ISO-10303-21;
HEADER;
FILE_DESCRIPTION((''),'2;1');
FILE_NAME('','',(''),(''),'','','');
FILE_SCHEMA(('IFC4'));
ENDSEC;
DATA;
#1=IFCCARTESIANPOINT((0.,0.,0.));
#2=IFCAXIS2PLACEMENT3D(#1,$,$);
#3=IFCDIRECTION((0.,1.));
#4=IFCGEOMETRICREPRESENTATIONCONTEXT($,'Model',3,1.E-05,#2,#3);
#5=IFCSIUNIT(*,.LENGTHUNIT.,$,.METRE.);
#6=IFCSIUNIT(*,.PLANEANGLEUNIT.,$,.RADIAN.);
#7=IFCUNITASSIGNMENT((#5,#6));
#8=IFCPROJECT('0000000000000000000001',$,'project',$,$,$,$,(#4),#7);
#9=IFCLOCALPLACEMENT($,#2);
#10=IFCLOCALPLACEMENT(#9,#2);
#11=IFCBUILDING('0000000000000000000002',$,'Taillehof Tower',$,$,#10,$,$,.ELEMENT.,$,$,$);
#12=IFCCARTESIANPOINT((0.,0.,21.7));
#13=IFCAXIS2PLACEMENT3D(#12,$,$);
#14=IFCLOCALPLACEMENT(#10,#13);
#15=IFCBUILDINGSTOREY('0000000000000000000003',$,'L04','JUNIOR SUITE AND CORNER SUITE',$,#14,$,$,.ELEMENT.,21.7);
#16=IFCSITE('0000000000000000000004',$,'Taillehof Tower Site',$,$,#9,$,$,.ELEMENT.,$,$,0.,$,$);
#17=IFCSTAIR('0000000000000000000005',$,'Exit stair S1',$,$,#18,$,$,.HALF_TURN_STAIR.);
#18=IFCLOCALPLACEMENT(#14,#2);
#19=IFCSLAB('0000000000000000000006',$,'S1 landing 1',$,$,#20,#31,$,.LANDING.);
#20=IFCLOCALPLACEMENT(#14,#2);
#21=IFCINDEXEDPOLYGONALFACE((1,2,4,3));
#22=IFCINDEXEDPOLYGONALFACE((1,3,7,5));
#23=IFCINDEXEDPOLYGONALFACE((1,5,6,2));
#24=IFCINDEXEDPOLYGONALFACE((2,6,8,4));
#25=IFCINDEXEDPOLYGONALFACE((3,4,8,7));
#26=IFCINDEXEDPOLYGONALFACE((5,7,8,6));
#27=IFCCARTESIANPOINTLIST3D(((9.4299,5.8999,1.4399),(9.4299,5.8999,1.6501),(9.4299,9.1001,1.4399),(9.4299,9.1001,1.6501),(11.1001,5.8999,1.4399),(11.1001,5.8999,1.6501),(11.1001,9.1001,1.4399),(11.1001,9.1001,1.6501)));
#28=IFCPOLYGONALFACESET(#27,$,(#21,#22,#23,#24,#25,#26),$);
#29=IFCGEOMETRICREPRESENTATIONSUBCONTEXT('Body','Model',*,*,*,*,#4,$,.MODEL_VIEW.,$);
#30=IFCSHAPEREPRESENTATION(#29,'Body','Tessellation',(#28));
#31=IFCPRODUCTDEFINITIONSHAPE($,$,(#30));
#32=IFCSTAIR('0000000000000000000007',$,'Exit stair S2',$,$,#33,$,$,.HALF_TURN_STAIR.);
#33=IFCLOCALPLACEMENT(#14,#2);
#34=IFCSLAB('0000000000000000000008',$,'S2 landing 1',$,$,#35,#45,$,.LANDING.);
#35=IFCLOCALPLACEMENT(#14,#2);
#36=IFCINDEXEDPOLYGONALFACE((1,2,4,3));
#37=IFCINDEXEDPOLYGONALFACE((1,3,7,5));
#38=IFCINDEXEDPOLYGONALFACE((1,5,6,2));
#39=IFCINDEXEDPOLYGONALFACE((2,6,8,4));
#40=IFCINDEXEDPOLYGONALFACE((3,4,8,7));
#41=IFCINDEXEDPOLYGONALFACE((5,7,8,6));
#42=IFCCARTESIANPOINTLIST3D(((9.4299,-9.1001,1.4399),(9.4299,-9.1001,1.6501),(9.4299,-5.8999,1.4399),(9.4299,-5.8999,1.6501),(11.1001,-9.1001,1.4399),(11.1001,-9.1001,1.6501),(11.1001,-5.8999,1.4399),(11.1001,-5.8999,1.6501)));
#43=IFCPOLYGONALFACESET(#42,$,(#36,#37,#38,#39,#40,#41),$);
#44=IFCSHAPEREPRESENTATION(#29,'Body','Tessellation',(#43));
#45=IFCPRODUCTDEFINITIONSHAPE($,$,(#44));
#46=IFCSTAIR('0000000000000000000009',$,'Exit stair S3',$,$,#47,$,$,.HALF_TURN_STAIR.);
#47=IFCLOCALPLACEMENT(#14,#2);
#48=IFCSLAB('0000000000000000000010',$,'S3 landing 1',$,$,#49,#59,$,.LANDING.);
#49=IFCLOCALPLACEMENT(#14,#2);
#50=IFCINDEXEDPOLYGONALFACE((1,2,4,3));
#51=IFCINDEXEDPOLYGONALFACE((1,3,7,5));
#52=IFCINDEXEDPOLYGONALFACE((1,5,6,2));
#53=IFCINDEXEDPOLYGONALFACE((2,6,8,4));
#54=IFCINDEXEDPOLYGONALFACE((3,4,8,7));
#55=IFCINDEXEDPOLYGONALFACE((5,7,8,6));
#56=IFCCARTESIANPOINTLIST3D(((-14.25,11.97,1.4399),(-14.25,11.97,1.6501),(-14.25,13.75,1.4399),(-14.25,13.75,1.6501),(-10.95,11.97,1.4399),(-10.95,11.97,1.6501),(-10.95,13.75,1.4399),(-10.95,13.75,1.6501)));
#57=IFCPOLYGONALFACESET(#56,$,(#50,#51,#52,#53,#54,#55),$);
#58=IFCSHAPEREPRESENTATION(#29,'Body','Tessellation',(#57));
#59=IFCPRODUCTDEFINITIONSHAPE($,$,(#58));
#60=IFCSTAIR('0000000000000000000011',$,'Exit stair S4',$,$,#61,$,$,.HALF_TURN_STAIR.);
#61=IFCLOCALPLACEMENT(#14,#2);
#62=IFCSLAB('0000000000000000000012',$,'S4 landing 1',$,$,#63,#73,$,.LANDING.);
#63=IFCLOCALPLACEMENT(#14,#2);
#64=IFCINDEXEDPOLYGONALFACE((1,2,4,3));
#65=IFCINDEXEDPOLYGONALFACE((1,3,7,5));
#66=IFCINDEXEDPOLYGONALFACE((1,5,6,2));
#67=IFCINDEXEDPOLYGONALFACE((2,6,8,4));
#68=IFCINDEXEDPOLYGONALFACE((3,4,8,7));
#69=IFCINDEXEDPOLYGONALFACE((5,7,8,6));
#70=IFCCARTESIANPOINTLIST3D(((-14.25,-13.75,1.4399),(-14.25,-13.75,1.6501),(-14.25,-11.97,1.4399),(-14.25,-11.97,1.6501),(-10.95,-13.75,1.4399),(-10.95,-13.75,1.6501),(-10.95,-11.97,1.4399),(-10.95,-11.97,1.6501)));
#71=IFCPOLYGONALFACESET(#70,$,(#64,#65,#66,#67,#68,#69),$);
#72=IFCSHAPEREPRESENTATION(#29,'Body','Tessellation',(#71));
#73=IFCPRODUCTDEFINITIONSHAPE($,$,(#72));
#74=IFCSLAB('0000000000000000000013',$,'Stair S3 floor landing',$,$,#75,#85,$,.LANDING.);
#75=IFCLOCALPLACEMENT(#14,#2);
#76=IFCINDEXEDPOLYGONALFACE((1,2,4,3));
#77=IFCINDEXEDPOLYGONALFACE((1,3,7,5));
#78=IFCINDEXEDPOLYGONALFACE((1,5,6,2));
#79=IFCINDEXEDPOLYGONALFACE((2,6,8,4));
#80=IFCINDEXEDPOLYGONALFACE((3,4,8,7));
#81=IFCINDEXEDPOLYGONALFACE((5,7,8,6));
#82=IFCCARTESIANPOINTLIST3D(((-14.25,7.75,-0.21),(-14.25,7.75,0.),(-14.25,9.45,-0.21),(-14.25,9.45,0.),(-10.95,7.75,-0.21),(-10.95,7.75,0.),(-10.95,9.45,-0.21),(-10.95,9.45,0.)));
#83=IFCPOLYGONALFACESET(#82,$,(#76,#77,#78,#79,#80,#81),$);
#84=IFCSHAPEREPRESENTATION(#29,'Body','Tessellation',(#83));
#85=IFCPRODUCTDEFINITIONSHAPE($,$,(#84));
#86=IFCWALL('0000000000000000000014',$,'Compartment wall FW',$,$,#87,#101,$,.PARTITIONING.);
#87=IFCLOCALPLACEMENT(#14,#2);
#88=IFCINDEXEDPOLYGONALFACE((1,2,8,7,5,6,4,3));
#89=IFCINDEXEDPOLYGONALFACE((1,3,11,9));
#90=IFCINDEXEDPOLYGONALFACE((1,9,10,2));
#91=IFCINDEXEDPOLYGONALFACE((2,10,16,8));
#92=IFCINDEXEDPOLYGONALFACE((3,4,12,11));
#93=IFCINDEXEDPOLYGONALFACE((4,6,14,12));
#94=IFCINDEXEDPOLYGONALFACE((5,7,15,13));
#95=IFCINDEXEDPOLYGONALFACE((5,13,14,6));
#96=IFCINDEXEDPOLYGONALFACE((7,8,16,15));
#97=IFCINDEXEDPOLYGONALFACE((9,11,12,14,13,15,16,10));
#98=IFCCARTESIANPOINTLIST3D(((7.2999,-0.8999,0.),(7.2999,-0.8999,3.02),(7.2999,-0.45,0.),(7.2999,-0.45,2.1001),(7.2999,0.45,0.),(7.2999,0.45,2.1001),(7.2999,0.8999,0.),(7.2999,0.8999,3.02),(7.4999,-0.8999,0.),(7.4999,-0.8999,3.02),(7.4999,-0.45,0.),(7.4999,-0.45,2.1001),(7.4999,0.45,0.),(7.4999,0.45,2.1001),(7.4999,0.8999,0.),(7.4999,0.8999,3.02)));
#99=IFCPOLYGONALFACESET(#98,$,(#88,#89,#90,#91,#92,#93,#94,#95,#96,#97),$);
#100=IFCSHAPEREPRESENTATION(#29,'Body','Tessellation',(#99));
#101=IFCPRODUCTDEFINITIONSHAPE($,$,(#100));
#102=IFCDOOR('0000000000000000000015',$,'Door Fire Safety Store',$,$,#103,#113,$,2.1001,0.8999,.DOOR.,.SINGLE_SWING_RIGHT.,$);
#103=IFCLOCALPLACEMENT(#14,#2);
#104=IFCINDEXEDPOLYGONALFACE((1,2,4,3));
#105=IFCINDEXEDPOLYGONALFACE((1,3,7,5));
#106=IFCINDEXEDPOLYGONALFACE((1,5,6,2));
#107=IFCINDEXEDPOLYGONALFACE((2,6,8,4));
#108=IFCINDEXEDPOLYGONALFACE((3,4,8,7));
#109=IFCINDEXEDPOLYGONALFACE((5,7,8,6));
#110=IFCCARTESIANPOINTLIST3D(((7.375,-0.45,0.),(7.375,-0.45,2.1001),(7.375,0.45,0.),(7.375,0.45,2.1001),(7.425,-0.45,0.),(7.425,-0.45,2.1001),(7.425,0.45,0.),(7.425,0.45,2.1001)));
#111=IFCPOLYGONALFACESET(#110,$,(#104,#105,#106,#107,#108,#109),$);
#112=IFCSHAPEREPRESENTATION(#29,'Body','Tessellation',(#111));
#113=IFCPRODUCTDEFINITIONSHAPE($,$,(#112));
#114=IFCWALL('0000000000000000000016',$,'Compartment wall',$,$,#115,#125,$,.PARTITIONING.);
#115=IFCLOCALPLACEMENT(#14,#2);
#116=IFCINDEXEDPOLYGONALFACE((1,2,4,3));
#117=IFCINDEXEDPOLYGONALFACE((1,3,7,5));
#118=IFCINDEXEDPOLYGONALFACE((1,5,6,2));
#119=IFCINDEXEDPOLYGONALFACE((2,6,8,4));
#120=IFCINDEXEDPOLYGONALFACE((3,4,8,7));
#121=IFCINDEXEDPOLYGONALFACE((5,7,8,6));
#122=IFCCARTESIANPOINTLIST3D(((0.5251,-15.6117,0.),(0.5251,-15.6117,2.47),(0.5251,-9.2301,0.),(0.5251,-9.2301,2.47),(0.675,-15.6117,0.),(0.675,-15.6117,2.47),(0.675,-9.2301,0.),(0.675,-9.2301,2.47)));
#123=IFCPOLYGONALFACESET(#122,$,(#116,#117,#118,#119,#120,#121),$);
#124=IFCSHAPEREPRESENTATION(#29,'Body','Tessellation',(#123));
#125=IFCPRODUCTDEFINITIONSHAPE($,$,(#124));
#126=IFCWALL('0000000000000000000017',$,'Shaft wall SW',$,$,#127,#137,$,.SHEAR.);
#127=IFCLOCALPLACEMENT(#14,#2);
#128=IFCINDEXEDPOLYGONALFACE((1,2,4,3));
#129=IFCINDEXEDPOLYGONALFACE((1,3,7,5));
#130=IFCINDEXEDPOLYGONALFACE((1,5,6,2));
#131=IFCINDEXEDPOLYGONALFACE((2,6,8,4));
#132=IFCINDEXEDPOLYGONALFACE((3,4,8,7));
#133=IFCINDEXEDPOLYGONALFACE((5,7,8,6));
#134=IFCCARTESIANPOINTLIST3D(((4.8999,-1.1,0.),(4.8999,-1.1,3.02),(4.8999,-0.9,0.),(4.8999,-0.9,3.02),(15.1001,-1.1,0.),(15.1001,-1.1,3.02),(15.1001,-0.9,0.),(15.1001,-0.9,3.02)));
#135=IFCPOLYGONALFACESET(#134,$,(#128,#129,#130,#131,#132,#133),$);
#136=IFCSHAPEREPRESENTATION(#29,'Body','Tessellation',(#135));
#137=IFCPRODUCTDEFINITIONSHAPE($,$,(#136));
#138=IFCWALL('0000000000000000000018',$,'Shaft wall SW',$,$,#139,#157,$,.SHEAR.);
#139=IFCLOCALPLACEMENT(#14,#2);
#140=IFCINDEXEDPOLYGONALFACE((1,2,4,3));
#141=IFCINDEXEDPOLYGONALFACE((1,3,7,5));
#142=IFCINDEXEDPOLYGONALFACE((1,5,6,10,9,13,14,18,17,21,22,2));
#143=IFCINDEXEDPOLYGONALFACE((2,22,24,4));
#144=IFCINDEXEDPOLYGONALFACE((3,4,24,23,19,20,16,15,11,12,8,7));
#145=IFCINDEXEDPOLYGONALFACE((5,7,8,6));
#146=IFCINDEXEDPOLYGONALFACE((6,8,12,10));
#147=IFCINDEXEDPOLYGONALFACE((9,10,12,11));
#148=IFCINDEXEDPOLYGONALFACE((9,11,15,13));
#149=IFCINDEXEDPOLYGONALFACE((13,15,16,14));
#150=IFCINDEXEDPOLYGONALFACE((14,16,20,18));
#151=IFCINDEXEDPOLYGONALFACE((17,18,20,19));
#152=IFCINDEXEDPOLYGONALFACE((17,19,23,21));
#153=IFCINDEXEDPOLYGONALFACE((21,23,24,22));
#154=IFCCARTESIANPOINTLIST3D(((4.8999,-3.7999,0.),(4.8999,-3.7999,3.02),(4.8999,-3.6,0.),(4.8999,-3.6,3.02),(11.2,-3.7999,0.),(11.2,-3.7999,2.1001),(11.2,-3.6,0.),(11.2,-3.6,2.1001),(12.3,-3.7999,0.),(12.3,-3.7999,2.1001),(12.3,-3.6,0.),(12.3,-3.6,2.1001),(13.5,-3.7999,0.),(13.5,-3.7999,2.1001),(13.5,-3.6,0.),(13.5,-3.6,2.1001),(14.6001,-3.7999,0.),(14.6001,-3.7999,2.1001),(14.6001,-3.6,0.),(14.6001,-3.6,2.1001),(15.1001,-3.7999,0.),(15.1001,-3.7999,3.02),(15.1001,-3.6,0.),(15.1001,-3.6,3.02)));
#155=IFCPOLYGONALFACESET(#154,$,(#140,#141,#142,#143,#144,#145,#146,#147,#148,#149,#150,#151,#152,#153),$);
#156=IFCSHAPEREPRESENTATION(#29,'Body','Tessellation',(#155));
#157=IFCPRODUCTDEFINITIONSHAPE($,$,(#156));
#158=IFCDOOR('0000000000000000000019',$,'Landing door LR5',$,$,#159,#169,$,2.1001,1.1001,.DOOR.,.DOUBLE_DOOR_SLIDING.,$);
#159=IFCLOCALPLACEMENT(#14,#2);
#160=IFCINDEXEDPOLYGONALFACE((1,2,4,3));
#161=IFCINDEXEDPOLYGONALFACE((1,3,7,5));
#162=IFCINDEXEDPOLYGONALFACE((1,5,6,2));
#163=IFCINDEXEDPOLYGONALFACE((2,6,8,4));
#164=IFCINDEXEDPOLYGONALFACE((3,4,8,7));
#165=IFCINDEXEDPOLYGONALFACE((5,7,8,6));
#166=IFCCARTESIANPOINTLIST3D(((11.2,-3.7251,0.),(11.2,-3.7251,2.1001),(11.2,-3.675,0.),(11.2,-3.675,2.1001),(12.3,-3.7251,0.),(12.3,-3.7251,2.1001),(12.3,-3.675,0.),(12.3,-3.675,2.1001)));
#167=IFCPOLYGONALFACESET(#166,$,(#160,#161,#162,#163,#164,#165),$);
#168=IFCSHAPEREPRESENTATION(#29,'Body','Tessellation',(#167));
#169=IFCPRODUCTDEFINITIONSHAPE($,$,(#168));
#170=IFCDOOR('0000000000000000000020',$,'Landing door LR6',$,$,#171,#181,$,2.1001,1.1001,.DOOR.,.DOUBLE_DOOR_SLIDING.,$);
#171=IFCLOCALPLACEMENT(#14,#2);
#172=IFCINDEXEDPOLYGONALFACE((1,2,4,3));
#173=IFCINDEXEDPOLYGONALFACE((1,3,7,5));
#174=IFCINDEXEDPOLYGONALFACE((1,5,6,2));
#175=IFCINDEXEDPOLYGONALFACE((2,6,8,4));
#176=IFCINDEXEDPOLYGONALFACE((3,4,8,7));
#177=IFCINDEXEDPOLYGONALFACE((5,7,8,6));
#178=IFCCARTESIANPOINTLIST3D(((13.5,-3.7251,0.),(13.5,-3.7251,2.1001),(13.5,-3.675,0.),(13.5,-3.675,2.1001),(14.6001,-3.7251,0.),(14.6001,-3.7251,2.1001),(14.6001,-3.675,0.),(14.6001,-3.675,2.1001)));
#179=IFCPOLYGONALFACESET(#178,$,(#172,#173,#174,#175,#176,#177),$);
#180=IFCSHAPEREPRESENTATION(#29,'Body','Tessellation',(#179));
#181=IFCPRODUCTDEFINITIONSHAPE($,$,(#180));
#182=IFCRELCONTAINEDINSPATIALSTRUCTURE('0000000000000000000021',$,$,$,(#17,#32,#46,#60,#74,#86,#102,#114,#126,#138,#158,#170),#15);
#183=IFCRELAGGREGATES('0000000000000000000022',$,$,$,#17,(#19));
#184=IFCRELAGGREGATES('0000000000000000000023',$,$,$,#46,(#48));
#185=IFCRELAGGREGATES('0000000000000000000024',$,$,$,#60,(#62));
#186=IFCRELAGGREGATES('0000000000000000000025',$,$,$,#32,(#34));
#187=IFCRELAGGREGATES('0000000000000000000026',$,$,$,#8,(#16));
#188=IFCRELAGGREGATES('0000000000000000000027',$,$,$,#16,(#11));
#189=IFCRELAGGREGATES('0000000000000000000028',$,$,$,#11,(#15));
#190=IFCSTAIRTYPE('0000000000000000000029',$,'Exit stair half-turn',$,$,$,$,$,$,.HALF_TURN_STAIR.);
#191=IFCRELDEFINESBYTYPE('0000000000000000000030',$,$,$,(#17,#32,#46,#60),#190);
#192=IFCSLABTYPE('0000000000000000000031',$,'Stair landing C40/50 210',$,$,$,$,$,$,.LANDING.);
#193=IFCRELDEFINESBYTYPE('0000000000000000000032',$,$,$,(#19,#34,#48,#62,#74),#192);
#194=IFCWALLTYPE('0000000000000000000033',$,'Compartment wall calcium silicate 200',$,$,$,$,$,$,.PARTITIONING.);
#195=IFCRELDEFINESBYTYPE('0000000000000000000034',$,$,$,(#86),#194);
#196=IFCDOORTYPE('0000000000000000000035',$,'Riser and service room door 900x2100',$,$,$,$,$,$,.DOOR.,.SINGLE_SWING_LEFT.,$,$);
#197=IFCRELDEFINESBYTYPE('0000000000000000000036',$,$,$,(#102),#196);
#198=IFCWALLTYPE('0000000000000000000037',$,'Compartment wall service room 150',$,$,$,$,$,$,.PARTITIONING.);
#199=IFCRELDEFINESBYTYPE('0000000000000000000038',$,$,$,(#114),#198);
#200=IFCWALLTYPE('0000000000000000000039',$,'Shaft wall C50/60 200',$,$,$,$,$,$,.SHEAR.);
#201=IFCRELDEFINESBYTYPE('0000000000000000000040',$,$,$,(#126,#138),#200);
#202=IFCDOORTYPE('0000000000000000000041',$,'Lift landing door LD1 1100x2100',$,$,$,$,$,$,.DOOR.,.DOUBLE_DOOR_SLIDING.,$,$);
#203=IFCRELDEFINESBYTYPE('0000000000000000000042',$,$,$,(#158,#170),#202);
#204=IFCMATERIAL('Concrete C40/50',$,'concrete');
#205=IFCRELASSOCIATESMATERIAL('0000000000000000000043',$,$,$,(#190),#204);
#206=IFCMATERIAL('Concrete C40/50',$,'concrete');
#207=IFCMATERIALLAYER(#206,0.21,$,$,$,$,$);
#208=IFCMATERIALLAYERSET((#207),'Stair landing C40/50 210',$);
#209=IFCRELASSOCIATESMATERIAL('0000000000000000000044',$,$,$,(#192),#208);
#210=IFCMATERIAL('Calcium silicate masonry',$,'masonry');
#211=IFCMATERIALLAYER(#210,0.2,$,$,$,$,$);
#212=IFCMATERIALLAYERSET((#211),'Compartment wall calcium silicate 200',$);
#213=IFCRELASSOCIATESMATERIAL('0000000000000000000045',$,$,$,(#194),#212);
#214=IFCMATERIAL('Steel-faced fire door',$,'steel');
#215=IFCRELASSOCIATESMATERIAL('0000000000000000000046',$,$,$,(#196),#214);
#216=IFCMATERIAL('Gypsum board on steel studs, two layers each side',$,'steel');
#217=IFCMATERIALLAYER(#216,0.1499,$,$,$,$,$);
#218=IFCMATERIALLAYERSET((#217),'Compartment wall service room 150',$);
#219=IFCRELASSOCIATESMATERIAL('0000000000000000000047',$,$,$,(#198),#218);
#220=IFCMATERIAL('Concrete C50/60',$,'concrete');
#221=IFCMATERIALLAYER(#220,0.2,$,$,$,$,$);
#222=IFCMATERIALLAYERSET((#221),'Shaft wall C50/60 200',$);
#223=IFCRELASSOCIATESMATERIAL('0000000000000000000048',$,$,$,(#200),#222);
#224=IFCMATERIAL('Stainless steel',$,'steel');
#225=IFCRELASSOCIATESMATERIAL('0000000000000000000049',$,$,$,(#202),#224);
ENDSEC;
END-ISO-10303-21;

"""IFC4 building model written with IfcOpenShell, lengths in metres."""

from ifc_helpers import new_model, si_unit, direction, frame, frame_2d, origin, place, context, subcontext, project, spatial, polyline, rectangle, outline, extrude, material, layer, layer_set, type_object, element, fill, aggregate, save


model = new_model("IFC4")

# Units and contexts
model_context = context("Model", 3, precision=1e-05, world=origin(), true_north=direction((0.0, 1.0)))
body_context = subcontext(model_context, "Body", "Model", "MODEL_VIEW")
ifc_project = project(units=[si_unit("LENGTHUNIT", "METRE"), si_unit("PLANEANGLEUNIT", "RADIAN")], contexts=[model_context])

# Site, building, storey
site_placement = place(None, origin())
site = spatial("IfcSite", under=ifc_project, at=site_placement, Name="Taillehof Tower Site", CompositionType="ELEMENT", RefElevation=0.0)
building_placement = place(site_placement, origin())
building = spatial("IfcBuilding", under=site, at=building_placement, Name="Taillehof Tower", CompositionType="ELEMENT")
storey_placement = place(building_placement, frame((0.0, 0.0, 21.7)))
storey = spatial("IfcBuildingStorey", under=building, at=storey_placement, Name="L04", Description="JUNIOR SUITE AND CORNER SUITE", CompositionType="ELEMENT", Elevation=21.7)

# Stairs, slabs
ifc_material_1 = material(Name="Concrete C40/50", Category="concrete")
stair_type = type_object("IfcStairType", Name="Exit stair half-turn", PredefinedType="HALF_TURN_STAIR", material=ifc_material_1)
stair_1_placement = place(storey_placement, origin())
stair_1 = element("IfcStair", 1, at=stair_1_placement, inside=storey, type_object=stair_type, Name="Exit stair S1", PredefinedType="HALF_TURN_STAIR")
ifc_material_2 = material(Name="Concrete C40/50", Category="concrete")
ifc_layer_1 = layer(ifc_material_2, 0.21)
ifc_layer_set_1 = layer_set([ifc_layer_1], Name="Stair landing C40/50 210")
slab_type_1 = type_object("IfcSlabType", Name="Stair landing C40/50 210", PredefinedType="LANDING", material=ifc_layer_set_1)
slab_1_placement = place(storey_placement, frame((0.0, 0.0, 1.4399)))
slab_1 = element("IfcSlab", 2, at=slab_1_placement, type_object=slab_type_1, Name="S1 landing 1", PredefinedType="LANDING", context=body_context, shape_type="SweptSolid", body=[
    extrude(outline(polyline([(9.4299, 5.8999), (11.1001, 5.8999), (11.1001, 9.1001), (9.4299, 9.1001), (9.4299, 5.8999)])), origin(), (0.0, 0.0, 1.0), 0.2102),
])
aggregate(stair_1, [slab_1])
stair_2_placement = place(storey_placement, origin())
stair_2 = element("IfcStair", 3, at=stair_2_placement, inside=storey, type_object=stair_type, Name="Exit stair S2", PredefinedType="HALF_TURN_STAIR")
slab_2_placement = place(storey_placement, frame((0.0, 0.0, 1.4399)))
slab_2 = element("IfcSlab", 4, at=slab_2_placement, type_object=slab_type_1, Name="S2 landing 1", PredefinedType="LANDING", context=body_context, shape_type="SweptSolid", body=[
    extrude(outline(polyline([(9.4299, -5.8999), (11.1001, -5.8999), (11.1001, -9.1001), (9.4299, -9.1001), (9.4299, -5.8999)])), origin(), (0.0, 0.0, 1.0), 0.2102),
])
stair_3_placement = place(storey_placement, origin())
stair_3 = element("IfcStair", 5, at=stair_3_placement, inside=storey, type_object=stair_type, Name="Exit stair S3", PredefinedType="HALF_TURN_STAIR")
slab_3_placement = place(storey_placement, frame((0.0, 0.0, 1.4399)))
slab_3 = element("IfcSlab", 6, at=slab_3_placement, type_object=slab_type_1, Name="S3 landing 1", PredefinedType="LANDING", context=body_context, shape_type="SweptSolid", body=[
    extrude(outline(polyline([(-14.25, 11.97), (-14.25, 13.75), (-10.95, 13.75), (-10.95, 11.97), (-14.25, 11.97)])), origin(), (0.0, 0.0, 1.0), 0.2102),
])
aggregate(stair_3, [slab_3])
stair_4_placement = place(storey_placement, origin())
stair_4 = element("IfcStair", 7, at=stair_4_placement, inside=storey, type_object=stair_type, Name="Exit stair S4", PredefinedType="HALF_TURN_STAIR")
slab_4_placement = place(storey_placement, frame((0.0, 0.0, 1.4399)))
slab_4 = element("IfcSlab", 8, at=slab_4_placement, type_object=slab_type_1, Name="S4 landing 1", PredefinedType="LANDING", context=body_context, shape_type="SweptSolid", body=[
    extrude(outline(polyline([(-14.25, -11.97), (-14.25, -13.75), (-10.95, -13.75), (-10.95, -11.97), (-14.25, -11.97)])), origin(), (0.0, 0.0, 1.0), 0.2102),
])
aggregate(stair_4, [slab_4])

# Slab
slab_5_placement = place(storey_placement, frame((0.0, 0.0, -0.21)))
element("IfcSlab", 9, at=slab_5_placement, inside=storey, type_object=slab_type_1, Name="Stair S3 floor landing", PredefinedType="LANDING", context=body_context, shape_type="SweptSolid", body=[
    extrude(outline(polyline([(-14.25, 7.75), (-14.25, 9.45), (-10.95, 9.45), (-10.95, 7.75), (-14.25, 7.75)])), origin(), (0.0, 0.0, 1.0), 0.21),
])

# Wall, opening, door
ifc_material_3 = material(Name="Calcium silicate masonry", Category="masonry")
ifc_layer_2 = layer(ifc_material_3, 0.2)
ifc_layer_set_2 = layer_set([ifc_layer_2], Name="Compartment wall calcium silicate 200")
wall_type_1 = type_object("IfcWallType", Name="Compartment wall calcium silicate 200", PredefinedType="PARTITIONING", material=ifc_layer_set_2)
wall_1_placement = place(storey_placement, frame((7.3999, -0.8999, 0.0), z_axis=(0.0, 0.0, 1.0), x_axis=(0.0, 1.0, 0.0)))
wall_1 = element("IfcWall", 10, at=wall_1_placement, inside=storey, type_object=wall_type_1, Name="Compartment wall FW", PredefinedType="PARTITIONING", context=body_context, shape_type="SweptSolid", body=[
    extrude(rectangle(XDim=1.7998, YDim=0.2, at=frame_2d((0.8999, 0.0))), origin(), (0.0, 0.0, 1.0), 3.02),
])
opening_1_placement = place(wall_1_placement, frame((0.45, 0.0, 0.0)))
opening_1 = element("IfcOpeningElement", 11, at=opening_1_placement, cuts=wall_1, PredefinedType="OPENING", context=body_context, shape_type="SweptSolid", body=[
    extrude(rectangle(XDim=0.8999, YDim=2.1001, at=frame_2d((0.45, 1.05))), frame((0.0, 0.1099, 0.0), z_axis=(0.0, -1.0, 0.0), x_axis=(1.0, 0.0, 0.0)), (0.0, 0.0, 1.0), 0.22),
])
ifc_material_4 = material(Name="Steel-faced fire door", Category="steel")
door_type_1 = type_object("IfcDoorType", Name="Riser and service room door 900x2100", OperationType="SINGLE_SWING_LEFT", PredefinedType="DOOR", material=ifc_material_4)
door_1_placement = place(opening_1_placement, origin())
door_1 = element("IfcDoor", 12, at=door_1_placement, inside=storey, type_object=door_type_1, Name="Door Fire Safety Store", OperationType="SINGLE_SWING_RIGHT", OverallHeight=2.1001, OverallWidth=0.8999, PredefinedType="DOOR", context=body_context, shape_type="SweptSolid", body=[
    extrude(rectangle(XDim=0.8999, YDim=2.1001, at=frame_2d((0.45, 1.05))), frame((0.0, 0.0249, 0.0), z_axis=(0.0, -1.0, 0.0), x_axis=(1.0, 0.0, 0.0)), (0.0, 0.0, 1.0), 0.05),
])
fill(opening_1, door_1)

# Walls
ifc_material_5 = material(Name="Gypsum board on steel studs, two layers each side", Category="steel")
ifc_layer_3 = layer(ifc_material_5, 0.1499)
ifc_layer_set_3 = layer_set([ifc_layer_3], Name="Compartment wall service room 150")
wall_type_2 = type_object("IfcWallType", Name="Compartment wall service room 150", PredefinedType="PARTITIONING", material=ifc_layer_set_3)
wall_2_placement = place(storey_placement, frame((0.6001, -9.23, 0.0), z_axis=(0.0, 0.0, 1.0), x_axis=(0.0, -1.0, 0.0)))
element("IfcWall", 13, at=wall_2_placement, inside=storey, type_object=wall_type_2, Name="Compartment wall", PredefinedType="PARTITIONING", context=body_context, shape_type="SweptSolid", body=[
    extrude(rectangle(XDim=6.3816, YDim=0.1499, at=frame_2d((3.1909, 0.0))), origin(), (0.0, 0.0, 1.0), 2.47),
])
ifc_material_6 = material(Name="Concrete C50/60", Category="concrete")
ifc_layer_4 = layer(ifc_material_6, 0.2)
ifc_layer_set_4 = layer_set([ifc_layer_4], Name="Shaft wall C50/60 200")
wall_type_3 = type_object("IfcWallType", Name="Shaft wall C50/60 200", PredefinedType="SHEAR", material=ifc_layer_set_4)
wall_3_placement = place(storey_placement, frame((4.8999, -1.0, 0.0), z_axis=(0.0, 0.0, 1.0), x_axis=(1.0, 0.0, 0.0)))
element("IfcWall", 14, at=wall_3_placement, inside=storey, type_object=wall_type_3, Name="Shaft wall SW", PredefinedType="SHEAR", context=body_context, shape_type="SweptSolid", body=[
    extrude(rectangle(XDim=10.2002, YDim=0.2, at=frame_2d((5.1001, 0.0))), origin(), (0.0, 0.0, 1.0), 3.02),
])

# Wall, openings, doors
wall_4_placement = place(storey_placement, frame((4.8999, -3.7, 0.0), z_axis=(0.0, 0.0, 1.0), x_axis=(1.0, 0.0, 0.0)))
wall_4 = element("IfcWall", 15, at=wall_4_placement, inside=storey, type_object=wall_type_3, Name="Shaft wall SW", PredefinedType="SHEAR", context=body_context, shape_type="SweptSolid", body=[
    extrude(rectangle(XDim=10.2002, YDim=0.2, at=frame_2d((5.1001, 0.0))), origin(), (0.0, 0.0, 1.0), 3.02),
])
opening_2_placement = place(wall_4_placement, frame((6.3, 0.0, 0.0)))
opening_2 = element("IfcOpeningElement", 16, at=opening_2_placement, cuts=wall_4, PredefinedType="OPENING", context=body_context, shape_type="SweptSolid", body=[
    extrude(rectangle(XDim=1.1001, YDim=2.1001, at=frame_2d((0.55, 1.05))), frame((0.0, 0.1099, 0.0), z_axis=(0.0, -1.0, 0.0), x_axis=(1.0, 0.0, 0.0)), (0.0, 0.0, 1.0), 0.22),
])
opening_3_placement = place(wall_4_placement, frame((8.6001, 0.0, 0.0)))
opening_3 = element("IfcOpeningElement", 17, at=opening_3_placement, cuts=wall_4, PredefinedType="OPENING", context=body_context, shape_type="SweptSolid", body=[
    extrude(rectangle(XDim=1.1001, YDim=2.1001, at=frame_2d((0.55, 1.05))), frame((0.0, 0.1099, 0.0), z_axis=(0.0, -1.0, 0.0), x_axis=(1.0, 0.0, 0.0)), (0.0, 0.0, 1.0), 0.22),
])
ifc_material_7 = material(Name="Stainless steel", Category="steel")
door_type_2 = type_object("IfcDoorType", Name="Lift landing door LD1 1100x2100", OperationType="DOUBLE_DOOR_SLIDING", PredefinedType="DOOR", material=ifc_material_7)
door_2_placement = place(opening_2_placement, origin())
door_2 = element("IfcDoor", 18, at=door_2_placement, inside=storey, type_object=door_type_2, Name="Landing door LR5", OperationType="DOUBLE_DOOR_SLIDING", OverallHeight=2.1001, OverallWidth=1.1001, PredefinedType="DOOR", context=body_context, shape_type="SweptSolid", body=[
    extrude(rectangle(XDim=1.1001, YDim=2.1001, at=frame_2d((0.55, 1.05))), frame((0.0, 0.0249, 0.0), z_axis=(0.0, -1.0, 0.0), x_axis=(1.0, 0.0, 0.0)), (0.0, 0.0, 1.0), 0.05),
])
fill(opening_2, door_2)
door_3_placement = place(opening_3_placement, origin())
door_3 = element("IfcDoor", 19, at=door_3_placement, inside=storey, type_object=door_type_2, Name="Landing door LR6", OperationType="DOUBLE_DOOR_SLIDING", OverallHeight=2.1001, OverallWidth=1.1001, PredefinedType="DOOR", context=body_context, shape_type="SweptSolid", body=[
    extrude(rectangle(XDim=1.1001, YDim=2.1001, at=frame_2d((0.55, 1.05))), frame((0.0, 0.0249, 0.0), z_axis=(0.0, -1.0, 0.0), x_axis=(1.0, 0.0, 0.0)), (0.0, 0.0, 1.0), 0.05),
])
fill(opening_3, door_3)

aggregate(stair_2, [slab_2])

save(model, "model.ifc")
